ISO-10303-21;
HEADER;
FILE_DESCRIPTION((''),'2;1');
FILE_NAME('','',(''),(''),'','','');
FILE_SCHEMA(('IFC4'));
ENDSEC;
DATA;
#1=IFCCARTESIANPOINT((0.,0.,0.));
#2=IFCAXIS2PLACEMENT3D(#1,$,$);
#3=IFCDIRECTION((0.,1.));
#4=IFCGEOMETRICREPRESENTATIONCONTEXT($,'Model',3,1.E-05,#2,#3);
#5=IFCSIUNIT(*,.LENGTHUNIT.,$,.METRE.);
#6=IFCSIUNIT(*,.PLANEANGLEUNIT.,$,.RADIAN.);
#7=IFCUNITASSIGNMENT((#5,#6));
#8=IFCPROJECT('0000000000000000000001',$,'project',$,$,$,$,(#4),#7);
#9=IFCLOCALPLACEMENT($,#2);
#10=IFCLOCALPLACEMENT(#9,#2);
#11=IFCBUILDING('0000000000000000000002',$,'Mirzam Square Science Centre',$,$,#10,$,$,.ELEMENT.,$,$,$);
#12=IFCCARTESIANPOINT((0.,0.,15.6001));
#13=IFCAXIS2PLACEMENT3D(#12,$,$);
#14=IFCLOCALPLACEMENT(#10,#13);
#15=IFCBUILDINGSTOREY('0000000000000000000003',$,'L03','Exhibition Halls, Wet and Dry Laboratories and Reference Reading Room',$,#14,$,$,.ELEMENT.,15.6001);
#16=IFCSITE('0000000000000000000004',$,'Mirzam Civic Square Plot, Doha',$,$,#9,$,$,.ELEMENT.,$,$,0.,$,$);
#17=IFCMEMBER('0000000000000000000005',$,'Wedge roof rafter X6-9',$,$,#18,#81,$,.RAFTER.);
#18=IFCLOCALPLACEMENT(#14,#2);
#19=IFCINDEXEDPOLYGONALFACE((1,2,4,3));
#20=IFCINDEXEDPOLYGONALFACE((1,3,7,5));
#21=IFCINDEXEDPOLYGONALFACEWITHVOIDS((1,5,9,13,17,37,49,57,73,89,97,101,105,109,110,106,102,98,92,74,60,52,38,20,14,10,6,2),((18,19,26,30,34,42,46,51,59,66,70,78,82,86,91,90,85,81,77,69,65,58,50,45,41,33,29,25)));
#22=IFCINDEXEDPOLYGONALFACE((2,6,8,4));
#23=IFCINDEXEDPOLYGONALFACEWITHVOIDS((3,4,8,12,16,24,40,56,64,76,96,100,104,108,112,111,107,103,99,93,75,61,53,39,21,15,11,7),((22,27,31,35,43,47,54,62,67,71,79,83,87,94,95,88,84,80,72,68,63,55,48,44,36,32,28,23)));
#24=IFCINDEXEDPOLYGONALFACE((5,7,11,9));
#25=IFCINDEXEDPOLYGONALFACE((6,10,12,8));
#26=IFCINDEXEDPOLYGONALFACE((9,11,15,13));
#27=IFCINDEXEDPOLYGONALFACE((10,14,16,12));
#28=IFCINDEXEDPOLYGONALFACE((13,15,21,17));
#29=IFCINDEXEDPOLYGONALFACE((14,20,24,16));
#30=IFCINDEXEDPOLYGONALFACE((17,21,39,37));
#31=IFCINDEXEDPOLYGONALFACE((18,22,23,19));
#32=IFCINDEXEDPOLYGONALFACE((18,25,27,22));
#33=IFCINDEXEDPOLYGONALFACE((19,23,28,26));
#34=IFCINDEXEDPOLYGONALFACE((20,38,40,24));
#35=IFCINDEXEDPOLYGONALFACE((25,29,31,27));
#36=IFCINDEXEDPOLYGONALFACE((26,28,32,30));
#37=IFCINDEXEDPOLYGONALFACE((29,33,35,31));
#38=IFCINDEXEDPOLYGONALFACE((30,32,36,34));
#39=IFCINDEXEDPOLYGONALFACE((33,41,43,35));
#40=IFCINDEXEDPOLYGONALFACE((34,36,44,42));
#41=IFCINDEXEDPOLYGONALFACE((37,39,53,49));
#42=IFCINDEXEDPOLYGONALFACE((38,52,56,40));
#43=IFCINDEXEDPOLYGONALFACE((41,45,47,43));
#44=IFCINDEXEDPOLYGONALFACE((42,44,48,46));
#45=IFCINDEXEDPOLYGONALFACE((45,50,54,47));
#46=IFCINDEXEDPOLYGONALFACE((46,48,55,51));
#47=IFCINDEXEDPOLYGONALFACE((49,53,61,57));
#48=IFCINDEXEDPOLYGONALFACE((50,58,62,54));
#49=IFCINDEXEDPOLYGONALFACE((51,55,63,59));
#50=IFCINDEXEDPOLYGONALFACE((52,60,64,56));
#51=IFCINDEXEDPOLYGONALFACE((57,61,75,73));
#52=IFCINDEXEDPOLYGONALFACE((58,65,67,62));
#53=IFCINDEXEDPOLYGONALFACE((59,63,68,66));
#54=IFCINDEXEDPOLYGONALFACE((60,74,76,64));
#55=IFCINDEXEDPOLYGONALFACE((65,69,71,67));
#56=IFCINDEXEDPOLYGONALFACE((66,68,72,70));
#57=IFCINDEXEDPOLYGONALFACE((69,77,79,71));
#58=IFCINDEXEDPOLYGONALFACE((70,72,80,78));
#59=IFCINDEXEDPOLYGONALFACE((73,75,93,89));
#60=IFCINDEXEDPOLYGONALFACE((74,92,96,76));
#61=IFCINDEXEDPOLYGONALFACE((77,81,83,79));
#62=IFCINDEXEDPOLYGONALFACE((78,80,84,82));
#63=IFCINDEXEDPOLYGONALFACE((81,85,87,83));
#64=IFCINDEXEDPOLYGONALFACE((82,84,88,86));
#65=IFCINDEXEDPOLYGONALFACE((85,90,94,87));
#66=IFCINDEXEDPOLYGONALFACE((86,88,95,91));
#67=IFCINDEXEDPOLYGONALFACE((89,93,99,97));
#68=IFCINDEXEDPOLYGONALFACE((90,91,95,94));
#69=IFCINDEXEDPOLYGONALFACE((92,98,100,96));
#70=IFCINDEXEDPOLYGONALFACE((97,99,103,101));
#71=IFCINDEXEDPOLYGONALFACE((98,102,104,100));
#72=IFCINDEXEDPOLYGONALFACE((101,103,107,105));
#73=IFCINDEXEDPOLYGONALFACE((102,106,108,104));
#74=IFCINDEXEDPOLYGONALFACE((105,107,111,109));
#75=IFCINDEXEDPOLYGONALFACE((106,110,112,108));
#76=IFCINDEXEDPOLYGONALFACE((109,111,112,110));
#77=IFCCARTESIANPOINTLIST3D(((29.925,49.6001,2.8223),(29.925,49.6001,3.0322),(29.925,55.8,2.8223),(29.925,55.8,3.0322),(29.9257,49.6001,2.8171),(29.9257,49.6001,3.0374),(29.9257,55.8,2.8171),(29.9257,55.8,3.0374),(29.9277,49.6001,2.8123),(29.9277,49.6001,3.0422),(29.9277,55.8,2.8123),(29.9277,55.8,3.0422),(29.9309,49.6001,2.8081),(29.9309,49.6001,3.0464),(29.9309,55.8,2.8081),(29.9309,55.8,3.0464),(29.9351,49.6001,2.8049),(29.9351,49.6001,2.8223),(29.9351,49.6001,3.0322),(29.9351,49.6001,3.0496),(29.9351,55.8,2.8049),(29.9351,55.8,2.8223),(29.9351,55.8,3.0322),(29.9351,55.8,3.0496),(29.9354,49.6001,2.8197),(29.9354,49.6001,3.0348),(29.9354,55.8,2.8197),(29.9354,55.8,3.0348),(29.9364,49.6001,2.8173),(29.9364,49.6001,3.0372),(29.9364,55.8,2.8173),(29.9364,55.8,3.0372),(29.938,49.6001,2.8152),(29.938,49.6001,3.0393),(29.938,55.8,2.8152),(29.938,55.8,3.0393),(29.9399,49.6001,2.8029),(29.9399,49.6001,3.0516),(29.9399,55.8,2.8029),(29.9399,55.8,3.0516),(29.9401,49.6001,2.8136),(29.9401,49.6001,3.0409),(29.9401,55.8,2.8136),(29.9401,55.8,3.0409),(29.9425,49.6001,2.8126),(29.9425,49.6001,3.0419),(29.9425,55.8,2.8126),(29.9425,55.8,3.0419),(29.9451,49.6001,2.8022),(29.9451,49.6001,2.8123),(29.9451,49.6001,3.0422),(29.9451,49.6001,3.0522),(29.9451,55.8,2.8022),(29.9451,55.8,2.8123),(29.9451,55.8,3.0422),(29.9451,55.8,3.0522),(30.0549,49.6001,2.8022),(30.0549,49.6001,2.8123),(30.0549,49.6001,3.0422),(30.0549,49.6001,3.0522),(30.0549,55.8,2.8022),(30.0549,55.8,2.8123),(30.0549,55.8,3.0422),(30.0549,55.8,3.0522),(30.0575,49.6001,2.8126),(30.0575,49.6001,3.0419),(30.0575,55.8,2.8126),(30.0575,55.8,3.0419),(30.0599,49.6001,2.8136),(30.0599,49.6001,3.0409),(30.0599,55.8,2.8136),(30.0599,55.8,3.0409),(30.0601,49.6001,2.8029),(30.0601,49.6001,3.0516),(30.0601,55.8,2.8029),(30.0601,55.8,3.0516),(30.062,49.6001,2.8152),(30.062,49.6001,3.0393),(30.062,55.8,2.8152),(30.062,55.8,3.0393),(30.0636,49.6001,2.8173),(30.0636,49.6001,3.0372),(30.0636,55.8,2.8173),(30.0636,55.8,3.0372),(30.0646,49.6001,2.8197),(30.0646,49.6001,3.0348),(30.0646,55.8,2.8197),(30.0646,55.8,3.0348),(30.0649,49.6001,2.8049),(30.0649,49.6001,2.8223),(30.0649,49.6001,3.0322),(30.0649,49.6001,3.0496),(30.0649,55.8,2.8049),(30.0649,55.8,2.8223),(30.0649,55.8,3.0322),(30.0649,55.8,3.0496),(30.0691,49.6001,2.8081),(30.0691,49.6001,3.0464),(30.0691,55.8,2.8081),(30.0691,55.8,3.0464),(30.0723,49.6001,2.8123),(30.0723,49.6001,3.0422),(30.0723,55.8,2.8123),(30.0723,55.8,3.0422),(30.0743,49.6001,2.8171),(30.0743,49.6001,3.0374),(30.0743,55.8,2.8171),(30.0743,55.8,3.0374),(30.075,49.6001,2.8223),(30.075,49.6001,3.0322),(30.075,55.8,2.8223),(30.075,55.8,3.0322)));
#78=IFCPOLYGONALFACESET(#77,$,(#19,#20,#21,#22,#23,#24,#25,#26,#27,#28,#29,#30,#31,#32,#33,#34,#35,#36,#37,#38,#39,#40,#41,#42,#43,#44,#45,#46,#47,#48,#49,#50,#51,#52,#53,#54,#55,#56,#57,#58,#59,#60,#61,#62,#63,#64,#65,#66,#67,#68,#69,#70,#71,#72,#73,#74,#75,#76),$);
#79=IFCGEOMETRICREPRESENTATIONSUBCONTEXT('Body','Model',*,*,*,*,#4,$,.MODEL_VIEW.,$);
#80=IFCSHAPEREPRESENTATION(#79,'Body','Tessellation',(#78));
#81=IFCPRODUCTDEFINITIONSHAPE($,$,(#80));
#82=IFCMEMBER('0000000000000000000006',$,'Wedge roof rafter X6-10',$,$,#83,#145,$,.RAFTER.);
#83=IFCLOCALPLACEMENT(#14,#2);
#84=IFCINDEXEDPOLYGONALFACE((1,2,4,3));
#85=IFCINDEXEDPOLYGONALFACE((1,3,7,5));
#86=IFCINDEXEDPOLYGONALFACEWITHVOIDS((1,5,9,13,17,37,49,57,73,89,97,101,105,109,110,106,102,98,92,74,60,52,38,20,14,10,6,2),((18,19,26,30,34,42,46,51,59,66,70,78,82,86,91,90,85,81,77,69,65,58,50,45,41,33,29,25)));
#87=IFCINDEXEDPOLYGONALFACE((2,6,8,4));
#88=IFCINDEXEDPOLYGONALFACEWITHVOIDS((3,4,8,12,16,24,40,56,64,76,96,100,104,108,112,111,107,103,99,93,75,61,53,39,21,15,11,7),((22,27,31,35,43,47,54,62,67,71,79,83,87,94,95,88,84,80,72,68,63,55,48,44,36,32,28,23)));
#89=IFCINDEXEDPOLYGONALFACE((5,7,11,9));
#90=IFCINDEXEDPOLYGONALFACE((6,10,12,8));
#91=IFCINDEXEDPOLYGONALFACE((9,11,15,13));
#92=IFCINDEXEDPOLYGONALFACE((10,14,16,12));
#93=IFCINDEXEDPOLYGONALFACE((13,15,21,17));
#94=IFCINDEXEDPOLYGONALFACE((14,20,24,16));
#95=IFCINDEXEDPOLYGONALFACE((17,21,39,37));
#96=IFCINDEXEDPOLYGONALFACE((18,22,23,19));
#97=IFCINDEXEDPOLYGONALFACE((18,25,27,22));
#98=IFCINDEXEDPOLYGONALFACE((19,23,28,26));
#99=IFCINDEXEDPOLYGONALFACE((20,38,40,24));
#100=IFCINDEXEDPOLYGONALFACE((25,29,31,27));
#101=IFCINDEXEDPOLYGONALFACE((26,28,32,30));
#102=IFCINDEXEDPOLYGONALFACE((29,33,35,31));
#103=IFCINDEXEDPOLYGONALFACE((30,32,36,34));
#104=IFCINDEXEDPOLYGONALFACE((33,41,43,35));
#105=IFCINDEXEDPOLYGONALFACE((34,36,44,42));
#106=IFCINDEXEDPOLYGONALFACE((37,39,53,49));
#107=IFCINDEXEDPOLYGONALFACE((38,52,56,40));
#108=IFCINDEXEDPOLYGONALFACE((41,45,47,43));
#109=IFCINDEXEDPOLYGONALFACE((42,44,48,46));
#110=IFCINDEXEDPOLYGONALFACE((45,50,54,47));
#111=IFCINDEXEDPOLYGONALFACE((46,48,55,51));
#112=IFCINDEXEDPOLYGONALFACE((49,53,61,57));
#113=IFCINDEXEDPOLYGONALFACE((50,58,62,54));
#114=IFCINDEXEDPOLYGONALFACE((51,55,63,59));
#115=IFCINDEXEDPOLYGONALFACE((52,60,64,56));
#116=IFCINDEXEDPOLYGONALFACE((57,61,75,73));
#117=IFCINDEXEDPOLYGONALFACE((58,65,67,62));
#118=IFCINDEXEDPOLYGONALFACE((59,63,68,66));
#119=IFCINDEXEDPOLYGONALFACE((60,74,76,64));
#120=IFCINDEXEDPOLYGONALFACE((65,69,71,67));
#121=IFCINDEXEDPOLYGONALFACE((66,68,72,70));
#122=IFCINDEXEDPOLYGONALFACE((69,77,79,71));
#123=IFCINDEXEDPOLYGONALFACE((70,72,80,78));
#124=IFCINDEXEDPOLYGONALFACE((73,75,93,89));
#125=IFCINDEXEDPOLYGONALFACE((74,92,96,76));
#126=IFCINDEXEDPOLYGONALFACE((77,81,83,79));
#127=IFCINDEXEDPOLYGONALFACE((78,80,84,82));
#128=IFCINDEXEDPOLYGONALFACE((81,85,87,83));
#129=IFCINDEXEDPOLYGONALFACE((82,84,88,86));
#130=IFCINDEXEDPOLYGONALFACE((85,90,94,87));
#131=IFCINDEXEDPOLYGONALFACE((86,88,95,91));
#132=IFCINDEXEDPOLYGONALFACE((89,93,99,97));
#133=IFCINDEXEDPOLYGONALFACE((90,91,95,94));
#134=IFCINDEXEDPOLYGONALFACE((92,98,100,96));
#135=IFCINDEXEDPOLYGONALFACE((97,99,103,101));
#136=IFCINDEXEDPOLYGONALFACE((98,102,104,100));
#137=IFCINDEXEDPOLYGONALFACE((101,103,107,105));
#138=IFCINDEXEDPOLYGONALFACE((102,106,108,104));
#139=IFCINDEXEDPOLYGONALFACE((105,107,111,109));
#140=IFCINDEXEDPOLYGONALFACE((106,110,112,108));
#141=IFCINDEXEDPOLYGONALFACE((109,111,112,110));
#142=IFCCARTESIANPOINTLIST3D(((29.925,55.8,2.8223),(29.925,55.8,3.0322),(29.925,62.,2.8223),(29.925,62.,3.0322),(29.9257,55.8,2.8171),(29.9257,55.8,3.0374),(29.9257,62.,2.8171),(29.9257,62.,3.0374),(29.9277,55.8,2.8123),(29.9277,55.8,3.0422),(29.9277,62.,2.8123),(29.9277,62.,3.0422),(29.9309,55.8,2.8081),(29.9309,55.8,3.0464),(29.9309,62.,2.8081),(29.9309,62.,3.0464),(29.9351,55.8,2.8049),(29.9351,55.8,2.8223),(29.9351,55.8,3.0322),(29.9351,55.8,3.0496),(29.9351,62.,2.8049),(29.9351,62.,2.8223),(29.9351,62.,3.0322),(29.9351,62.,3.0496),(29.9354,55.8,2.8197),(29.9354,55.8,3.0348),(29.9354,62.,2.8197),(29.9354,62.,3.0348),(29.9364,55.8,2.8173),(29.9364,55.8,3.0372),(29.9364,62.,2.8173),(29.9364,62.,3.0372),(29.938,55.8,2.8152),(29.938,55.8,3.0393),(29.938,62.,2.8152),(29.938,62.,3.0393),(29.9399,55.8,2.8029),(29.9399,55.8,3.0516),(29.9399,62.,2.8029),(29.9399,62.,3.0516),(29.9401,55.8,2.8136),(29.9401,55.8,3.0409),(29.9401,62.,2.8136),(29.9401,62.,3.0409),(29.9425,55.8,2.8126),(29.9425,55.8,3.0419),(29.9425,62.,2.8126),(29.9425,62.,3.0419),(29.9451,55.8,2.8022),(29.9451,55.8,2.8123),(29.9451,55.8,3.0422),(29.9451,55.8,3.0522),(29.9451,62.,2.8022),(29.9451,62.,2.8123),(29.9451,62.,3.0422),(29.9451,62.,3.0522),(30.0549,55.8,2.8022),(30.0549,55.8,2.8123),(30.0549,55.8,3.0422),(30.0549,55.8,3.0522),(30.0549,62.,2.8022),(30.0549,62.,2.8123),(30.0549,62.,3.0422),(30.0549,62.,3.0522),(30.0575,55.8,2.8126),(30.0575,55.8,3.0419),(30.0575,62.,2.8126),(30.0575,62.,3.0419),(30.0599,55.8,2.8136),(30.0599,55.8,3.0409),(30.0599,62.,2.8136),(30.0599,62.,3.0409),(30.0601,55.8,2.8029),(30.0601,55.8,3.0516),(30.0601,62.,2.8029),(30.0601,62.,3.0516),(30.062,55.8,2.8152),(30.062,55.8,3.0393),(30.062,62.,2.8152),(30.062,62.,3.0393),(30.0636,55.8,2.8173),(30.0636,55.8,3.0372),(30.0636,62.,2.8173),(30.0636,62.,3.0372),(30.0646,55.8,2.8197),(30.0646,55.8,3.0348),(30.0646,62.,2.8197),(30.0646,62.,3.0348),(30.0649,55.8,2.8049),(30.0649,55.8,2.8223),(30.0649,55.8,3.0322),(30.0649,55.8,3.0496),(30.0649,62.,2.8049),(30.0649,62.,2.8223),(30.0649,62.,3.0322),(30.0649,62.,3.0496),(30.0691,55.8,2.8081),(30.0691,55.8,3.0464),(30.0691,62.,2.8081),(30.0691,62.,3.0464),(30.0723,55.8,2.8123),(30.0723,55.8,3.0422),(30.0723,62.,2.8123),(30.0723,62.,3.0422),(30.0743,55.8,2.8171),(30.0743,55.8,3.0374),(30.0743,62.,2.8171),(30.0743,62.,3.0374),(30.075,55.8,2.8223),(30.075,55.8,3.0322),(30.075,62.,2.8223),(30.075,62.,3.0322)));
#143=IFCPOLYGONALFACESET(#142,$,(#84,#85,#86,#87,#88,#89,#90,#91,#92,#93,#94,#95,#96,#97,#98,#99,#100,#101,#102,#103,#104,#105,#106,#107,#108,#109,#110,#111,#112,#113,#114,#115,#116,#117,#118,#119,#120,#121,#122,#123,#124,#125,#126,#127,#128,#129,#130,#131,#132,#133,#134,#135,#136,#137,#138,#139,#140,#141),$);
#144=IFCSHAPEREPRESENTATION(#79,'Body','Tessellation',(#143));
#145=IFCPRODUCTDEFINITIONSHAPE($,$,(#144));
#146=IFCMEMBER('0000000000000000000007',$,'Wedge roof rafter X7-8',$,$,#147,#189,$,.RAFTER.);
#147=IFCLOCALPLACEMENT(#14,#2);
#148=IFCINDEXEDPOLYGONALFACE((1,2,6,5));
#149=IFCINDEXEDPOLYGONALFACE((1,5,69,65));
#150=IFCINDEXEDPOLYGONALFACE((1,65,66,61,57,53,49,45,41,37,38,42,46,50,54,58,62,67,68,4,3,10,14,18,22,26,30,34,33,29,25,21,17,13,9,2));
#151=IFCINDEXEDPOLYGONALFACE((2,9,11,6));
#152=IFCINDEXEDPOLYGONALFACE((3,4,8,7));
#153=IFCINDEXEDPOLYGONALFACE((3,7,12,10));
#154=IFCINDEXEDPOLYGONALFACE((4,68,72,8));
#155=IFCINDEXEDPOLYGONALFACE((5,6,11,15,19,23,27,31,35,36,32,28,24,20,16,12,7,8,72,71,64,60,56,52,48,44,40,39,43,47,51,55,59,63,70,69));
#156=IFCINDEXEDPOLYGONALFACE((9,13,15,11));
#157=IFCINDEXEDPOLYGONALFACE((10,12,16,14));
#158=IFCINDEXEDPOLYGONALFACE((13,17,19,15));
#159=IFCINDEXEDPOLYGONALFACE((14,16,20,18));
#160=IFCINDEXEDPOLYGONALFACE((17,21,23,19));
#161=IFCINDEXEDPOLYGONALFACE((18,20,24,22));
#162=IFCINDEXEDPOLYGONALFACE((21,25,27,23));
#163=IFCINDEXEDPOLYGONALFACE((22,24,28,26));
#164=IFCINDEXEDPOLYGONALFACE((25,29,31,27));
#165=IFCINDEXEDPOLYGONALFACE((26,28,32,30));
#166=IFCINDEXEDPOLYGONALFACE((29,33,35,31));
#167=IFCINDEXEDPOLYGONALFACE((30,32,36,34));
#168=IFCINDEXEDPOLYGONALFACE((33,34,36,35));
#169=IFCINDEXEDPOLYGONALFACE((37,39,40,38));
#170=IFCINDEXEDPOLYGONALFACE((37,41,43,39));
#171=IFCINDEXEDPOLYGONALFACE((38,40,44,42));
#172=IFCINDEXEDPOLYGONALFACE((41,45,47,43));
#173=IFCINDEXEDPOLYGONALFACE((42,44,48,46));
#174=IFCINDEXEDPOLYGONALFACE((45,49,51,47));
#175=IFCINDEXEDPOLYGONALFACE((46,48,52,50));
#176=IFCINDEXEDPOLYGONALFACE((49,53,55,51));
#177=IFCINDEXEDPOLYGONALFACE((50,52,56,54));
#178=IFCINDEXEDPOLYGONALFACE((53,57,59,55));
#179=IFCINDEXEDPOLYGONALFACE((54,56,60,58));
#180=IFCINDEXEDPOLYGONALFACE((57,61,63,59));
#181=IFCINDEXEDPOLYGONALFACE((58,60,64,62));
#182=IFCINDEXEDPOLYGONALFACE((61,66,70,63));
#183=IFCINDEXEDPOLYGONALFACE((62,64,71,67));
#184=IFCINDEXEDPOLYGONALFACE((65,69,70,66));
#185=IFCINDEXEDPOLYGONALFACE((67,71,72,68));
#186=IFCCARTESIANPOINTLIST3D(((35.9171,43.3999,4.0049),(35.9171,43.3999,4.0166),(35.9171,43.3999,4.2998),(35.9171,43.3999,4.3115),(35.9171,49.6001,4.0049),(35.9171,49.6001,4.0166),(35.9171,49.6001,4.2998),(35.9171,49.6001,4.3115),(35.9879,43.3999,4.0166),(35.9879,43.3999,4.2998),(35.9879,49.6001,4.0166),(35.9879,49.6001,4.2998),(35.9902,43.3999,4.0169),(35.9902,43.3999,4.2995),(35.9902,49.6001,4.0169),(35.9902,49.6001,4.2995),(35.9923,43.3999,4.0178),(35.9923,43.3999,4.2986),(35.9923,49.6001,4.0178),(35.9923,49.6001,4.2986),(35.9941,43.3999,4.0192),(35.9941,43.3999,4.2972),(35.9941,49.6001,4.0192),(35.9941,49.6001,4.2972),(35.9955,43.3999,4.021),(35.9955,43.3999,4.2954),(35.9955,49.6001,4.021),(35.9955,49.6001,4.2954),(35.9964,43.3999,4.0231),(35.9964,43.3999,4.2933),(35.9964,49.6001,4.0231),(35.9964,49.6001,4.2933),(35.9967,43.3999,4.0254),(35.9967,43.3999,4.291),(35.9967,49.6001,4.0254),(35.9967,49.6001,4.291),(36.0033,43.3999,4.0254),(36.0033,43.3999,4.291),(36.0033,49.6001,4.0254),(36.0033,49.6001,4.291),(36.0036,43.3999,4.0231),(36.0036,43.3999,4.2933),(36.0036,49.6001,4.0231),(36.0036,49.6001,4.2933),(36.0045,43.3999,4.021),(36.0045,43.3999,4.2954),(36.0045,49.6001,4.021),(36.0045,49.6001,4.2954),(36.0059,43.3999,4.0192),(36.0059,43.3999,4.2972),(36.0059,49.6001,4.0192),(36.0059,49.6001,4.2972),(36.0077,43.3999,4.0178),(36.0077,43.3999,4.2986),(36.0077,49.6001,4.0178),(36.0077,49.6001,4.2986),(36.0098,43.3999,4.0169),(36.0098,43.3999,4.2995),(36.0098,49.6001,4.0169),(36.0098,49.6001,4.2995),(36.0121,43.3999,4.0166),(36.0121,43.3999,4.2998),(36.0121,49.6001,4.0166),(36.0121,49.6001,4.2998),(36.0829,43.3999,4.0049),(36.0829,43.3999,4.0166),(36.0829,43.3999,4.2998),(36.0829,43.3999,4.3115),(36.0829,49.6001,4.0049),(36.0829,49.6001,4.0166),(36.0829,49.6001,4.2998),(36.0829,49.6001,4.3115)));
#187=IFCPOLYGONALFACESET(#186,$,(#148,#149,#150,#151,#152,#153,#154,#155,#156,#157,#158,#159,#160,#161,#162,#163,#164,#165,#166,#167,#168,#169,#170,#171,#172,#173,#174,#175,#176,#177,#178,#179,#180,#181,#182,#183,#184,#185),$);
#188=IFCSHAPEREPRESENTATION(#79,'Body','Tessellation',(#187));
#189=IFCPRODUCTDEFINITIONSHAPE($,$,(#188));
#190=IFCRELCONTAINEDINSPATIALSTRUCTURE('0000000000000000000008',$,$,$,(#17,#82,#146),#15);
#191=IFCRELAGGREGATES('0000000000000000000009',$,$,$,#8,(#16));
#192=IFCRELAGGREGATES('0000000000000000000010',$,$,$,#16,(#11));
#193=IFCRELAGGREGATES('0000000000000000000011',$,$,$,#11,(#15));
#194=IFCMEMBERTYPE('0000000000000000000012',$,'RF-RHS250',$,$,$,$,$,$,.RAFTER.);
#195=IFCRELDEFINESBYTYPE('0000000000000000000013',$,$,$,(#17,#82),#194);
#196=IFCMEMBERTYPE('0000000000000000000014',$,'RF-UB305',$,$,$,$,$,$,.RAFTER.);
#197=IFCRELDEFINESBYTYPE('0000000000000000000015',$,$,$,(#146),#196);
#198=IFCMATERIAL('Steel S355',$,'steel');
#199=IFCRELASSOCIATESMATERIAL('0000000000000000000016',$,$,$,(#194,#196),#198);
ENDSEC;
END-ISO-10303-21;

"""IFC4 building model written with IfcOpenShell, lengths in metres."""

from ifc_helpers import new_model, si_unit, direction, frame, origin, origin_2d, place, context, subcontext, project, spatial, hollow_rectangle, i_section, extrude, material, material_profile, profile_set, type_object, element, save


model = new_model("IFC4")

# Units and contexts
model_context = context("Model", 3, precision=1e-05, world=origin(), true_north=direction((0.0, 1.0)))
body_context = subcontext(model_context, "Body", "Model", "MODEL_VIEW")
ifc_project = project(units=[si_unit("LENGTHUNIT", "METRE"), si_unit("PLANEANGLEUNIT", "RADIAN")], contexts=[model_context])

# Site, building, storey
site_placement = place(None, origin())
site = spatial("IfcSite", under=ifc_project, at=site_placement, Name="Mirzam Civic Square Plot, Doha", CompositionType="ELEMENT", RefElevation=0.0)
building_placement = place(site_placement, origin())
building = spatial("IfcBuilding", under=site, at=building_placement, Name="Mirzam Square Science Centre", CompositionType="ELEMENT")
storey_placement = place(building_placement, frame((0.0, 0.0, 15.6001)))
storey = spatial("IfcBuildingStorey", under=building, at=storey_placement, Name="L03", Description="Exhibition Halls, Wet and Dry Laboratories and Reference Reading Room", CompositionType="ELEMENT", Elevation=15.6001)

# Shared definitions
ifc_material_1 = material(Name="Steel S355", Category="steel")

# Members
ifc_material_profile_1 = material_profile(ifc_material_1, hollow_rectangle(XDim=0.1499, YDim=0.25, WallThickness=0.01, InnerFilletRadius=0.01, OuterFilletRadius=0.02, at=origin_2d()), Name="250x150x10.0RHS")
ifc_profile_set_1 = profile_set([ifc_material_profile_1], Name="Steel S355")
member_type_1 = type_object("IfcMemberType", Name="RF-RHS250", PredefinedType="RAFTER", material=ifc_profile_set_1)
for number, where, z_axis, x_axis, name in (
    (1, (30.0, 49.6001, 2.9272), (0.0, 1.0, 0.0), (-1.0, 0.0, 0.0), "Wedge roof rafter X6-9"),
    (2, (30.0, 55.8, 2.9272), (0.0, 1.0, 0.0), (-1.0, 0.0, 0.0), "Wedge roof rafter X6-10"),
):
    element("IfcMember", number, at=place(storey_placement, frame(where, z_axis=z_axis, x_axis=x_axis)), inside=storey, type_object=member_type_1, Name=name, PredefinedType="RAFTER", context=body_context, shape_type="SweptSolid", body=[
        extrude(hollow_rectangle(XDim=0.1499, YDim=0.25, WallThickness=0.01, InnerFilletRadius=0.01, OuterFilletRadius=0.02, at=origin_2d()), origin(), (0.0, 0.0, 1.0), 6.2),
    ])
ifc_material_profile_2 = material_profile(ifc_material_1, i_section(OverallWidth=0.1658, OverallDepth=0.3066, WebThickness=0.0066, FlangeThickness=0.0117, FilletRadius=0.0088, at=origin_2d()), Name="305x165x46UB")
ifc_profile_set_2 = profile_set([ifc_material_profile_2], Name="Steel S355")
member_type_2 = type_object("IfcMemberType", Name="RF-UB305", PredefinedType="RAFTER", material=ifc_profile_set_2)
member_1_placement = place(storey_placement, frame((36.0, 43.3999, 4.1582), z_axis=(0.0, 1.0, 0.0), x_axis=(-1.0, 0.0, 0.0)))
element("IfcMember", 3, at=member_1_placement, inside=storey, type_object=member_type_2, Name="Wedge roof rafter X7-8", PredefinedType="RAFTER", context=body_context, shape_type="SweptSolid", body=[
    extrude(i_section(OverallWidth=0.1658, OverallDepth=0.3066, WebThickness=0.0066, FlangeThickness=0.0117, FilletRadius=0.0088, at=origin_2d()), origin(), (0.0, 0.0, 1.0), 6.2002),
])

save(model, "model.ifc")
